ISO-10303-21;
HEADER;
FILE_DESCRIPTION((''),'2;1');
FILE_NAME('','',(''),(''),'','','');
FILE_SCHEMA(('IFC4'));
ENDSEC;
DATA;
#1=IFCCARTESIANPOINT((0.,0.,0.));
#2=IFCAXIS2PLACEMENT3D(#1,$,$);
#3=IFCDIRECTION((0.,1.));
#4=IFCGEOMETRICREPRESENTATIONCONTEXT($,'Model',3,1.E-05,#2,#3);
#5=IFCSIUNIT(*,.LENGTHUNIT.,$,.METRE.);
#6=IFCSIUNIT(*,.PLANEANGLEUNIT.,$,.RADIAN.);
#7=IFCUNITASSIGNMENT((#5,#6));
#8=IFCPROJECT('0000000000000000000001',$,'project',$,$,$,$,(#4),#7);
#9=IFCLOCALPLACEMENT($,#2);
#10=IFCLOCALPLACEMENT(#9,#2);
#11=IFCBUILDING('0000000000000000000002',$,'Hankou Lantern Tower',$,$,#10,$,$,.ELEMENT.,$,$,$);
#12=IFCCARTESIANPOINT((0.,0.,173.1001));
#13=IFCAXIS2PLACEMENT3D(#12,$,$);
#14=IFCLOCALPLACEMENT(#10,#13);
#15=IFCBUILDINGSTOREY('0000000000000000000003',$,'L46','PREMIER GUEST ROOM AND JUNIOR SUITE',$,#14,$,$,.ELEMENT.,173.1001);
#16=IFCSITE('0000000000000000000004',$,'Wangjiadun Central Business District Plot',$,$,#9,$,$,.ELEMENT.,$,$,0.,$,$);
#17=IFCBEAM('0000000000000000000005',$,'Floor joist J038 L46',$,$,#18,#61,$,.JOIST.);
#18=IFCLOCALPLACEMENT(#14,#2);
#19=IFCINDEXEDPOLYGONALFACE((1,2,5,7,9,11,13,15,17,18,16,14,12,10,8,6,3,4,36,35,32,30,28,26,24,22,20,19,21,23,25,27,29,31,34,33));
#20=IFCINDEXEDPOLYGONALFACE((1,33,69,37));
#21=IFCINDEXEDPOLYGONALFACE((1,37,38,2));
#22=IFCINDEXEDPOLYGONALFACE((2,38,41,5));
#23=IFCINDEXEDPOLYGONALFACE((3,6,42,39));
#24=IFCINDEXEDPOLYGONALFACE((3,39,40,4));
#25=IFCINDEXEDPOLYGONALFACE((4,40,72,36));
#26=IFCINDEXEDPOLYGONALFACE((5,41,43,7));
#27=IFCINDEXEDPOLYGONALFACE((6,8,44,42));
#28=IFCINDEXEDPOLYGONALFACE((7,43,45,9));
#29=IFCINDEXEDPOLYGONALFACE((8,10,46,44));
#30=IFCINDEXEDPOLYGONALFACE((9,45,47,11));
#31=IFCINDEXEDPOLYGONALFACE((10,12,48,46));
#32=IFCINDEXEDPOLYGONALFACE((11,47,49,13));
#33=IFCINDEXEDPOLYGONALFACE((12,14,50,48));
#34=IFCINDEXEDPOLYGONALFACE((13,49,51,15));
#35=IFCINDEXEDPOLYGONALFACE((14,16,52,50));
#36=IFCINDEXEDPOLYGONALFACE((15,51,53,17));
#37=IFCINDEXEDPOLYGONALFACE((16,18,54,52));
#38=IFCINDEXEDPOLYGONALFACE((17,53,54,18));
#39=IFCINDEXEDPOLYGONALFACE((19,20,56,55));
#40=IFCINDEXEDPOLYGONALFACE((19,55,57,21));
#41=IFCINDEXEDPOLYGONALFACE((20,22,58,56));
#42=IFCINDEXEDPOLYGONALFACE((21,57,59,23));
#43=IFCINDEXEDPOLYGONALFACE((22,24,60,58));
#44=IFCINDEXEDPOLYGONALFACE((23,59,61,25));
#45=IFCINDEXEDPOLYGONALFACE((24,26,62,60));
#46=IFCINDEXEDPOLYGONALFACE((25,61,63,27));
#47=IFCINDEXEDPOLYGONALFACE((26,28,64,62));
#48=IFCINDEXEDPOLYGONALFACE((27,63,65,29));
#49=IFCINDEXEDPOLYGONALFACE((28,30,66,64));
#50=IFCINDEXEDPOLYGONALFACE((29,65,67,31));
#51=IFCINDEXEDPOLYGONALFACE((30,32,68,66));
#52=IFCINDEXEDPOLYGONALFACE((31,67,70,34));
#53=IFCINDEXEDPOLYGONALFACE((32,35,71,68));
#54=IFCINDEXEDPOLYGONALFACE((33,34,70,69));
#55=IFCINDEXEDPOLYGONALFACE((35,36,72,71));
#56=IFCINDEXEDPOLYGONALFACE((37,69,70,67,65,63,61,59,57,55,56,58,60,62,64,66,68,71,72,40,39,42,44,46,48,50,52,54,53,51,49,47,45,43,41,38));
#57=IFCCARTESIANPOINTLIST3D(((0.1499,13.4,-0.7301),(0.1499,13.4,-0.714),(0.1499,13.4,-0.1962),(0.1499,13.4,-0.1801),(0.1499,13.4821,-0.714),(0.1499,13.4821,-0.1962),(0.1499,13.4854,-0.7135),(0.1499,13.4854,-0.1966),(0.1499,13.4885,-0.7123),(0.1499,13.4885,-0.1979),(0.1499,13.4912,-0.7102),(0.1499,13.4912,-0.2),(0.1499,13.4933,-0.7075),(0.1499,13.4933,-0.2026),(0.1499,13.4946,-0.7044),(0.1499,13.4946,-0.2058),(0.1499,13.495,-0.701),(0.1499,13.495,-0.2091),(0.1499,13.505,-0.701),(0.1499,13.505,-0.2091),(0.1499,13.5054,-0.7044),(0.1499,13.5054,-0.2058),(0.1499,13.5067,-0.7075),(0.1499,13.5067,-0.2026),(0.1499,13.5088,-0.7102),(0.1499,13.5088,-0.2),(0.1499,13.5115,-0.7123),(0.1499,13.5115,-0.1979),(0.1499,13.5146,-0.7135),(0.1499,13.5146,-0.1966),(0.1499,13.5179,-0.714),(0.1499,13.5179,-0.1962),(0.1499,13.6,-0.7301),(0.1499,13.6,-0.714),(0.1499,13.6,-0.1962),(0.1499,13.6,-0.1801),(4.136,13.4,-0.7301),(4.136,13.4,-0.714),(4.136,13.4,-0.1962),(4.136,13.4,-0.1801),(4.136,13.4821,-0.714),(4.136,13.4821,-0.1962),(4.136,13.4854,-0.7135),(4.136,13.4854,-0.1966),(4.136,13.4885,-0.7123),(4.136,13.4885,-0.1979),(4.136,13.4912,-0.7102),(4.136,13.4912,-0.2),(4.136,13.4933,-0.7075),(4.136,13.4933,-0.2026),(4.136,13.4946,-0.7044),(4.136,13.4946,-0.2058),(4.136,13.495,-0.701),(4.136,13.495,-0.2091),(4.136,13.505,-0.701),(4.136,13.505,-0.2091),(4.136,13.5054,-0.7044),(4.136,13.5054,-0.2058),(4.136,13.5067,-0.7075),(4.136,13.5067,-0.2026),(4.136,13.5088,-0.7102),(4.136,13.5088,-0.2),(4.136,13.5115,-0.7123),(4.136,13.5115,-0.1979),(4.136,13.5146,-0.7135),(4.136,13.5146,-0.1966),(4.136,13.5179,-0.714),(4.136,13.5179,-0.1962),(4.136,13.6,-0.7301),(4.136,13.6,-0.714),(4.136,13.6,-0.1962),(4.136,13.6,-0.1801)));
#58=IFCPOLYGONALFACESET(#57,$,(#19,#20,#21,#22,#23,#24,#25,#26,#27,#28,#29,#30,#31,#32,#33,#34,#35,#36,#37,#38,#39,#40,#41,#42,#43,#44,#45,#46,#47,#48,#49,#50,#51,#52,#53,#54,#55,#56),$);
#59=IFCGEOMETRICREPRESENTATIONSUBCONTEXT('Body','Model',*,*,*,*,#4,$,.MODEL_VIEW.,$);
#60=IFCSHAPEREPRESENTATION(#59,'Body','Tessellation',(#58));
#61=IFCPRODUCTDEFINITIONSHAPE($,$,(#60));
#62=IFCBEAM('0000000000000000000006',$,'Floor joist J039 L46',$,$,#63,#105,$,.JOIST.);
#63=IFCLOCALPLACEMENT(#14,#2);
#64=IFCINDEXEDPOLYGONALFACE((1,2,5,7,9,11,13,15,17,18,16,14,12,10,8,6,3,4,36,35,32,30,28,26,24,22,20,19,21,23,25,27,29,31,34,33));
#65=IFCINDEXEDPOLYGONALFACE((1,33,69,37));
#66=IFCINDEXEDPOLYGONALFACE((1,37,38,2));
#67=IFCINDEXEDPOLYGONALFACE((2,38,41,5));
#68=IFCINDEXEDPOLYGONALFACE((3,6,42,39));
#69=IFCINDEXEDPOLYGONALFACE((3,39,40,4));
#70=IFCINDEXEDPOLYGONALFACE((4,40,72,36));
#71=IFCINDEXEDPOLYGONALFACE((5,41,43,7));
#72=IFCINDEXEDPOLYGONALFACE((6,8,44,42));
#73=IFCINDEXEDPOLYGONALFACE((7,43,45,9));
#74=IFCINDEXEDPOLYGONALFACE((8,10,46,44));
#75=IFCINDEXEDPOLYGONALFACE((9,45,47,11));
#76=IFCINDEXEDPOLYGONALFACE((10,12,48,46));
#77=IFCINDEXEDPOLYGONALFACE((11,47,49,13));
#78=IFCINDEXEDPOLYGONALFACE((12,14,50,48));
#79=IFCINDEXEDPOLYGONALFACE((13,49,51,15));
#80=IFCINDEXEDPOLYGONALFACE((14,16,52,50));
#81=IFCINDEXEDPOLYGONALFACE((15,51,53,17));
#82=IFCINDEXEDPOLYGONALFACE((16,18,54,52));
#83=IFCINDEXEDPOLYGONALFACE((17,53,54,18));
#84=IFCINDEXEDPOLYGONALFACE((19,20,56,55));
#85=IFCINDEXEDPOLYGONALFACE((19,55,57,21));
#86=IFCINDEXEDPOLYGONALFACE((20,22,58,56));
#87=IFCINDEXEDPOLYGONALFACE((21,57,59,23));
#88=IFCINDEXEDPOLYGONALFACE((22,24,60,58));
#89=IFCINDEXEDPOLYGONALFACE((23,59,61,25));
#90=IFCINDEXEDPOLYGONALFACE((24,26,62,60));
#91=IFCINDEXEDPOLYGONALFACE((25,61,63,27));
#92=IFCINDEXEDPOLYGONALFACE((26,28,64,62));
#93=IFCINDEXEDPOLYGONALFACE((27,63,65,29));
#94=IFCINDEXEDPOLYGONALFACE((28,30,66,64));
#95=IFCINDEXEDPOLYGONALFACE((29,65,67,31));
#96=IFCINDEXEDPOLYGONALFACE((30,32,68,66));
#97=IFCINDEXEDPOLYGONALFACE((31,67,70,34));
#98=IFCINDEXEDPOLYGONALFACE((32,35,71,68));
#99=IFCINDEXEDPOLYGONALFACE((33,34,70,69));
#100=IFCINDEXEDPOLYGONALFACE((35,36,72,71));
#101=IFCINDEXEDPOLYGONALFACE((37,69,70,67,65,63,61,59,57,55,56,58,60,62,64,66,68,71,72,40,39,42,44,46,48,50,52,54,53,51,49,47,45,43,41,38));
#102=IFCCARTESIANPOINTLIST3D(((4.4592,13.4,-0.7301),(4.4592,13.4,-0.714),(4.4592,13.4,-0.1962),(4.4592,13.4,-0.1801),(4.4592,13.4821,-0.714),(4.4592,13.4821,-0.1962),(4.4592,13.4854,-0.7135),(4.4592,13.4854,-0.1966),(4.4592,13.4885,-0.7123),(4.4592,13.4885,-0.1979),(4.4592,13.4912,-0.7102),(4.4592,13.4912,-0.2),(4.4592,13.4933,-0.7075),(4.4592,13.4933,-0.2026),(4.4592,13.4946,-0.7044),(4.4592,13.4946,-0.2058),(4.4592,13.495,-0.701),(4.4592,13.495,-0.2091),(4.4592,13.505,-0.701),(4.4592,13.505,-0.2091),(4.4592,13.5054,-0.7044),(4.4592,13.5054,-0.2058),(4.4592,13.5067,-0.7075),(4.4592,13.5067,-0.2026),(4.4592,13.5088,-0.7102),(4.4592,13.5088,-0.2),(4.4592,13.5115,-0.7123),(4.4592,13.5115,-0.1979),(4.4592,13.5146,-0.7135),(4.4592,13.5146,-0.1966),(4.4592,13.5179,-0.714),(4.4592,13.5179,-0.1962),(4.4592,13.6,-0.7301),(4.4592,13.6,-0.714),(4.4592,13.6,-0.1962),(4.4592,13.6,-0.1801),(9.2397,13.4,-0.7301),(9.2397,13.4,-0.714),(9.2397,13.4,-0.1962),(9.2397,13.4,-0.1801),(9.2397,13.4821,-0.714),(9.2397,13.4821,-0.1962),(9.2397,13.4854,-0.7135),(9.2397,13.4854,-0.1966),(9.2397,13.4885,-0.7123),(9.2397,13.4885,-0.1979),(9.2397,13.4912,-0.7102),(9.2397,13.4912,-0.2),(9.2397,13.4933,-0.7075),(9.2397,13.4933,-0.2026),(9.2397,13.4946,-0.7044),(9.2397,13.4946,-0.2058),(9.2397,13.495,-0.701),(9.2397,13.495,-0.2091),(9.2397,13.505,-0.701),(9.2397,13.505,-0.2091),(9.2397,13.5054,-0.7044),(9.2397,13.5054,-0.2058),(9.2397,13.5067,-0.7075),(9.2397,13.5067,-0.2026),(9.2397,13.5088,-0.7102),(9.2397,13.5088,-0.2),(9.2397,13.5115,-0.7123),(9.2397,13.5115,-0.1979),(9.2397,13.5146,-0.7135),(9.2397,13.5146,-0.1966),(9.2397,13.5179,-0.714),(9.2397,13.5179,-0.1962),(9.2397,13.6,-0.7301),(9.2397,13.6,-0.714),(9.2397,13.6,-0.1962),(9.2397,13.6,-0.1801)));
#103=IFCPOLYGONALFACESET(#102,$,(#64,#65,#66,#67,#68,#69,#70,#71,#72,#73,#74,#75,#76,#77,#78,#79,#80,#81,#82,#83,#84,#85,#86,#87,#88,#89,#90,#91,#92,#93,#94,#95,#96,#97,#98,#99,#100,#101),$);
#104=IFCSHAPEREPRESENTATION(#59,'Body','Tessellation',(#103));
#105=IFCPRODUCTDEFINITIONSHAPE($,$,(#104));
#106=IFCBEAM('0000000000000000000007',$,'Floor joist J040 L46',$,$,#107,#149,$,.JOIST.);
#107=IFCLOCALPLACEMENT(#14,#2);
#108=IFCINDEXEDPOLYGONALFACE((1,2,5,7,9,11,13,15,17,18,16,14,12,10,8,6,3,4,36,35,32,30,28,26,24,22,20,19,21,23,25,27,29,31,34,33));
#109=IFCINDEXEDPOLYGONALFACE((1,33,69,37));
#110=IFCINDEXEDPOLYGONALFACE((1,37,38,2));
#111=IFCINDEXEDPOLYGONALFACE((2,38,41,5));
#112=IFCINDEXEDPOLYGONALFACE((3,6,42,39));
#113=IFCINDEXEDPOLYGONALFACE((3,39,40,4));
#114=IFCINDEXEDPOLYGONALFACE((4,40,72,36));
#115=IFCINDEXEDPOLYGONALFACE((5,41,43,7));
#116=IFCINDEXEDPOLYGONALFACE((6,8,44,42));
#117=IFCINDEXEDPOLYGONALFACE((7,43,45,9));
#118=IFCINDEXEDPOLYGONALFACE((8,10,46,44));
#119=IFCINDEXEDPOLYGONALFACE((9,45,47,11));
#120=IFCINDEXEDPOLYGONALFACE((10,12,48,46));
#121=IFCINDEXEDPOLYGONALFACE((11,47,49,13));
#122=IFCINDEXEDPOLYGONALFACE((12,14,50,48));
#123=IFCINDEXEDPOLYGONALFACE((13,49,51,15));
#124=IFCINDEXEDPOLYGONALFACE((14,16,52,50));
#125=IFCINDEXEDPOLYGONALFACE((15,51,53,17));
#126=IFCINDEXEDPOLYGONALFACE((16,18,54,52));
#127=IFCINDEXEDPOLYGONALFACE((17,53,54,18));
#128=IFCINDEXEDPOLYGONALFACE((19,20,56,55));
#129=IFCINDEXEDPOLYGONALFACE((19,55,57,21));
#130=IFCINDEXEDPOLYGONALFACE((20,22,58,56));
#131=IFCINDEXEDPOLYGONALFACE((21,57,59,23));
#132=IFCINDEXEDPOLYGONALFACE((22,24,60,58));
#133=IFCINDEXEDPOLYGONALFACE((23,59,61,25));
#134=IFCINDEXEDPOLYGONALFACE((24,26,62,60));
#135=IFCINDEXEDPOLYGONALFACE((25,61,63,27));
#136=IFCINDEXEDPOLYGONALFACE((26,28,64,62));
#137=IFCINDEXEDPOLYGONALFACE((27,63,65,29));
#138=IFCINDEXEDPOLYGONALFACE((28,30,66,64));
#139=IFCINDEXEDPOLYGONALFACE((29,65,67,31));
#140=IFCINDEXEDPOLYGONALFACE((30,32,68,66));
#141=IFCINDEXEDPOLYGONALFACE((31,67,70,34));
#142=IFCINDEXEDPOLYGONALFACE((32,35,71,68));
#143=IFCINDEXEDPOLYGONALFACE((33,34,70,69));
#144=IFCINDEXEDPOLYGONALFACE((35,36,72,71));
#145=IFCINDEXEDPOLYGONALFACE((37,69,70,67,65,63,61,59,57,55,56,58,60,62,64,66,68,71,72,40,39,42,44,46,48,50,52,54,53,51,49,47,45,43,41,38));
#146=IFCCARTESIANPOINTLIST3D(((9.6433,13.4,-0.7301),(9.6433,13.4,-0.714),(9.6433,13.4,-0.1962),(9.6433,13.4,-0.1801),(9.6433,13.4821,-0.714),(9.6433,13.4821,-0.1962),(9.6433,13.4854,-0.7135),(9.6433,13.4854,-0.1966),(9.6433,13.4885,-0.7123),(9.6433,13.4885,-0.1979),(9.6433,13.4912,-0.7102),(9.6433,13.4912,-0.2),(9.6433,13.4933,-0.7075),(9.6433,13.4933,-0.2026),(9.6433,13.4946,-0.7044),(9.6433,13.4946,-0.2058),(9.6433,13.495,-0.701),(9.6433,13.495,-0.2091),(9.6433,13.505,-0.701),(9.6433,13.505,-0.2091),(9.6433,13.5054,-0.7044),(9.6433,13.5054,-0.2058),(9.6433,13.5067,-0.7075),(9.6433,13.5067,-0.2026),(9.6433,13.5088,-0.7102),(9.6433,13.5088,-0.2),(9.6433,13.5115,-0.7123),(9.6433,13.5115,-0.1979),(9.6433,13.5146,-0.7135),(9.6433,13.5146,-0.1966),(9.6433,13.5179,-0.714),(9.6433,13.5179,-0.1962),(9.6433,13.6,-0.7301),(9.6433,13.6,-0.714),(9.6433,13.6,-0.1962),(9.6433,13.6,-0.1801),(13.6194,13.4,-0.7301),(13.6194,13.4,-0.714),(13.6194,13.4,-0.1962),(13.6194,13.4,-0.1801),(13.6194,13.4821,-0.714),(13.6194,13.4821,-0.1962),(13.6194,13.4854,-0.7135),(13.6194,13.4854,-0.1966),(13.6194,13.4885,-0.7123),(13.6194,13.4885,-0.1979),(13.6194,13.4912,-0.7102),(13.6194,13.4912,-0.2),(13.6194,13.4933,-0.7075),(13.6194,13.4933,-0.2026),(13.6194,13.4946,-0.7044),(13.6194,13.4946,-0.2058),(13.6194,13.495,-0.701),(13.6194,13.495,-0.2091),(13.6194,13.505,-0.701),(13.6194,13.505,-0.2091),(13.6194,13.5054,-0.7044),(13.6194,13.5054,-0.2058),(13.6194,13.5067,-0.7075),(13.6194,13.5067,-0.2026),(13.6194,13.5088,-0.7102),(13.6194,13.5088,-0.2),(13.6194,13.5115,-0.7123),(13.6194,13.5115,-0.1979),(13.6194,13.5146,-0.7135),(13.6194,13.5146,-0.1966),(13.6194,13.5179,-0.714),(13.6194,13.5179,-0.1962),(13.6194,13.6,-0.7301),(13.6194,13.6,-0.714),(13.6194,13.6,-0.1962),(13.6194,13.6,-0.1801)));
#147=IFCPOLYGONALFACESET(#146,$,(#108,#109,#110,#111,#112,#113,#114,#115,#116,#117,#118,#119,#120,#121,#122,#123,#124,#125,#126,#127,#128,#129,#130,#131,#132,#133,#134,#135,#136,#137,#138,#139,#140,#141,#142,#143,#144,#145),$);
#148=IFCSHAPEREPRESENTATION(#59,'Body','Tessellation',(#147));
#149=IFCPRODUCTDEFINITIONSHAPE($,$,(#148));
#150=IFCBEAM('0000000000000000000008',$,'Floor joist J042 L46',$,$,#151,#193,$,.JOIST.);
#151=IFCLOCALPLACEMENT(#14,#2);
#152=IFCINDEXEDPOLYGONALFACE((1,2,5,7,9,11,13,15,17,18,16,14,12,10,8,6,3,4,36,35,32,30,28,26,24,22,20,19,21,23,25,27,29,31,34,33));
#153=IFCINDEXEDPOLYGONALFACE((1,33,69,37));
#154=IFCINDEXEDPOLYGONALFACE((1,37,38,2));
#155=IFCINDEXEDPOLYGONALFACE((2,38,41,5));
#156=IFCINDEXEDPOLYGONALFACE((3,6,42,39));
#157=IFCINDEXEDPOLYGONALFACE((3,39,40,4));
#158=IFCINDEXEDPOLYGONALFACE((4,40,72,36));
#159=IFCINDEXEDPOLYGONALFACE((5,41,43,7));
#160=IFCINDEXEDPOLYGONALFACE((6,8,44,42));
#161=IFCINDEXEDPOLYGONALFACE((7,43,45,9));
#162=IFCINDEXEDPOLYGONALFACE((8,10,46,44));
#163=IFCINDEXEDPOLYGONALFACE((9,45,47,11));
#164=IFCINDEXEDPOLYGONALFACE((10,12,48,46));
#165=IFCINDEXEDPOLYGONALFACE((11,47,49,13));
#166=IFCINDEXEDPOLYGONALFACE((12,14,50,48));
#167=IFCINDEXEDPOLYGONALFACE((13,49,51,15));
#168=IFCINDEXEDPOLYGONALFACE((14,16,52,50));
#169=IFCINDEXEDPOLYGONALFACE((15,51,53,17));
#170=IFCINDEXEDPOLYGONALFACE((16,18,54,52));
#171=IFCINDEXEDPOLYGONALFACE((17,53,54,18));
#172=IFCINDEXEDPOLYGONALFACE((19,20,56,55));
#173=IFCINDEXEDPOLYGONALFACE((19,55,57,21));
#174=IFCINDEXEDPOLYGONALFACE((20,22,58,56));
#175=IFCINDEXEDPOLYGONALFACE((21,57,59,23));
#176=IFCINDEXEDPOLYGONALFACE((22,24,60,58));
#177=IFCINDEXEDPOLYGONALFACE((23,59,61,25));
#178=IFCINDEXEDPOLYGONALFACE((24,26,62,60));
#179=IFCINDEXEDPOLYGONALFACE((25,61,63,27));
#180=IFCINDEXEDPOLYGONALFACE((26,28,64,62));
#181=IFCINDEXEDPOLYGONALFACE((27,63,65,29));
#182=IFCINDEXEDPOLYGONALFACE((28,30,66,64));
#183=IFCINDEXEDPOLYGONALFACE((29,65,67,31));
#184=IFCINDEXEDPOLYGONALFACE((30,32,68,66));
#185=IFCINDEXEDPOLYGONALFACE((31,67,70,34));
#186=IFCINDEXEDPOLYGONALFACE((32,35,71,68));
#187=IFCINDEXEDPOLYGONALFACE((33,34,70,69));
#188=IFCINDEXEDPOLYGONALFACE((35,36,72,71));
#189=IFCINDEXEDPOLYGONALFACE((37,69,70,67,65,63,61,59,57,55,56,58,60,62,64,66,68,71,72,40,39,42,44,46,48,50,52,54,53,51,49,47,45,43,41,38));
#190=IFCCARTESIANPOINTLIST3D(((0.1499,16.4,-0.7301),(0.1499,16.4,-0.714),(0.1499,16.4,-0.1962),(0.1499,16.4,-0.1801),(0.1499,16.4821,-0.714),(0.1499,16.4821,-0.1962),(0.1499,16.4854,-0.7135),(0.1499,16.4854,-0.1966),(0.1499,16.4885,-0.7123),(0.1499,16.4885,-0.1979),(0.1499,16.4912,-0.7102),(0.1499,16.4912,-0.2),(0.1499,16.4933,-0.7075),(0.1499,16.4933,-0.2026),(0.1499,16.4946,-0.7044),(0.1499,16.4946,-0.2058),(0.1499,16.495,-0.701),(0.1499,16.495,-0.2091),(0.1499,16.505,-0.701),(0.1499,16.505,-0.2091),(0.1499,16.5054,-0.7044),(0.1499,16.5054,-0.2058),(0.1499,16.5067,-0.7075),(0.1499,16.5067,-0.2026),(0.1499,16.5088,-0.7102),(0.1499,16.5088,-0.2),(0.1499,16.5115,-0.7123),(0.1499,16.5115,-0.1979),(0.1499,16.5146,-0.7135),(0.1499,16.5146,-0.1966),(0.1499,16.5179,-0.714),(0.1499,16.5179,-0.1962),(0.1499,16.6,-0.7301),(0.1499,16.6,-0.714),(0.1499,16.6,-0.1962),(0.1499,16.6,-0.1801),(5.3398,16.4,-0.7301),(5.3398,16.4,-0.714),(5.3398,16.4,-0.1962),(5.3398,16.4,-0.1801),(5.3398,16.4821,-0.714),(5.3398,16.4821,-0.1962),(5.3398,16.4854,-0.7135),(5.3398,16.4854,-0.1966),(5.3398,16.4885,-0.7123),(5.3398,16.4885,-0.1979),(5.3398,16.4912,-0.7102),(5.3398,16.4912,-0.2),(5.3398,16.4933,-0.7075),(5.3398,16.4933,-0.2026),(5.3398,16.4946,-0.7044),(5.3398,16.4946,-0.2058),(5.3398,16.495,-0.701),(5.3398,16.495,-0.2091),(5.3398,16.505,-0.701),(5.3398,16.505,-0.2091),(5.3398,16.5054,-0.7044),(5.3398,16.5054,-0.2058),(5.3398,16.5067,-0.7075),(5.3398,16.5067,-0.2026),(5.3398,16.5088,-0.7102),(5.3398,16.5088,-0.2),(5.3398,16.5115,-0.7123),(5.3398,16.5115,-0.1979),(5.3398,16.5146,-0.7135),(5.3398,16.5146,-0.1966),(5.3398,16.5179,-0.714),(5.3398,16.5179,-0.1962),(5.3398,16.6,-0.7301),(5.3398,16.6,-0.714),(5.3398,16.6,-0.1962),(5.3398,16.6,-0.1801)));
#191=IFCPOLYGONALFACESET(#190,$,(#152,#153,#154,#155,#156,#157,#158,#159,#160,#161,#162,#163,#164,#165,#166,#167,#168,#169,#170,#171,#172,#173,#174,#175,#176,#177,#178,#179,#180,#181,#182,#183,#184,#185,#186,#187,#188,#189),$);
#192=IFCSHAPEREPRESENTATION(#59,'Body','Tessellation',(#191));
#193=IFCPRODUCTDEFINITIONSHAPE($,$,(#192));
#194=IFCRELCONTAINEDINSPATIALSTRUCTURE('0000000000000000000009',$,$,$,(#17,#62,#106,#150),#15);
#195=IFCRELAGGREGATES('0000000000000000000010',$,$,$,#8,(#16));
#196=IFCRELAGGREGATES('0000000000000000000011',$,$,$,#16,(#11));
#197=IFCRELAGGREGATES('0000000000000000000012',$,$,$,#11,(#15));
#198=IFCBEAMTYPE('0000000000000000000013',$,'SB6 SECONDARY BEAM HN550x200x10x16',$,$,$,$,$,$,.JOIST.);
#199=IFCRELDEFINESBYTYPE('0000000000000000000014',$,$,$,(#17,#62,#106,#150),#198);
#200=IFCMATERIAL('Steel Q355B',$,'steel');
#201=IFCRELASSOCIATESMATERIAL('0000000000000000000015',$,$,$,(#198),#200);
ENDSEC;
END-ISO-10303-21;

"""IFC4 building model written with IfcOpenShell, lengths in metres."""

from ifc_helpers import new_model, si_unit, direction, frame, origin, origin_2d, place, context, subcontext, project, spatial, i_section, extrude, material, material_profile, profile_set, type_object, element, save


model = new_model("IFC4")

# Units and contexts
model_context = context("Model", 3, precision=1e-05, world=origin(), true_north=direction((0.0, 1.0)))
body_context = subcontext(model_context, "Body", "Model", "MODEL_VIEW")
ifc_project = project(units=[si_unit("LENGTHUNIT", "METRE"), si_unit("PLANEANGLEUNIT", "RADIAN")], contexts=[model_context])

# Site, building, storey
site_placement = place(None, origin())
site = spatial("IfcSite", under=ifc_project, at=site_placement, Name="Wangjiadun Central Business District Plot", CompositionType="ELEMENT", RefElevation=0.0)
building_placement = place(site_placement, origin())
building = spatial("IfcBuilding", under=site, at=building_placement, Name="Hankou Lantern Tower", CompositionType="ELEMENT")
storey_placement = place(building_placement, frame((0.0, 0.0, 173.1001)))
storey = spatial("IfcBuildingStorey", under=building, at=storey_placement, Name="L46", Description="PREMIER GUEST ROOM AND JUNIOR SUITE", CompositionType="ELEMENT", Elevation=173.1001)

# Beams
ifc_material_1 = material(Name="Steel Q355B", Category="steel")
ifc_material_profile_1 = material_profile(ifc_material_1, i_section(OverallWidth=0.2, OverallDepth=0.55, WebThickness=0.01, FlangeThickness=0.0161, FilletRadius=0.0129, at=origin_2d()), Name="HN550x200x10x16")
ifc_profile_set_1 = profile_set([ifc_material_profile_1], Name="Steel Q355B")
beam_type_1 = type_object("IfcBeamType", Name="SB6 SECONDARY BEAM HN550x200x10x16", PredefinedType="JOIST", material=ifc_profile_set_1)
beam_1_placement = place(storey_placement, frame((0.1499, 13.5, -0.4551), z_axis=(1.0, 0.0, 0.0), x_axis=(0.0, 1.0, 0.0)))
element("IfcBeam", 1, at=beam_1_placement, inside=storey, type_object=beam_type_1, Name="Floor joist J038 L46", PredefinedType="JOIST", context=body_context, shape_type="SweptSolid", body=[
    extrude(i_section(OverallWidth=0.2, OverallDepth=0.55, WebThickness=0.01, FlangeThickness=0.0161, FilletRadius=0.0129, at=origin_2d()), origin(), (0.0, 0.0, 1.0), 3.9861),
])
beam_2_placement = place(storey_placement, frame((4.4592, 13.5, -0.4551), z_axis=(1.0, 0.0, 0.0), x_axis=(0.0, 1.0, 0.0)))
element("IfcBeam", 2, at=beam_2_placement, inside=storey, type_object=beam_type_1, Name="Floor joist J039 L46", PredefinedType="JOIST", context=body_context, shape_type="SweptSolid", body=[
    extrude(i_section(OverallWidth=0.2, OverallDepth=0.55, WebThickness=0.01, FlangeThickness=0.0161, FilletRadius=0.0129, at=origin_2d()), origin(), (0.0, 0.0, 1.0), 4.7805),
])
beam_3_placement = place(storey_placement, frame((9.6433, 13.5, -0.4551), z_axis=(1.0, 0.0, 0.0), x_axis=(0.0, 1.0, 0.0)))
element("IfcBeam", 3, at=beam_3_placement, inside=storey, type_object=beam_type_1, Name="Floor joist J040 L46", PredefinedType="JOIST", context=body_context, shape_type="SweptSolid", body=[
    extrude(i_section(OverallWidth=0.2, OverallDepth=0.55, WebThickness=0.01, FlangeThickness=0.0161, FilletRadius=0.0129, at=origin_2d()), origin(), (0.0, 0.0, 1.0), 3.9761),
])
beam_4_placement = place(storey_placement, frame((0.1499, 16.5, -0.4551), z_axis=(1.0, 0.0, 0.0), x_axis=(0.0, 1.0, 0.0)))
element("IfcBeam", 4, at=beam_4_placement, inside=storey, type_object=beam_type_1, Name="Floor joist J042 L46", PredefinedType="JOIST", context=body_context, shape_type="SweptSolid", body=[
    extrude(i_section(OverallWidth=0.2, OverallDepth=0.55, WebThickness=0.01, FlangeThickness=0.0161, FilletRadius=0.0129, at=origin_2d()), origin(), (0.0, 0.0, 1.0), 5.1899),
])

save(model, "model.ifc")
